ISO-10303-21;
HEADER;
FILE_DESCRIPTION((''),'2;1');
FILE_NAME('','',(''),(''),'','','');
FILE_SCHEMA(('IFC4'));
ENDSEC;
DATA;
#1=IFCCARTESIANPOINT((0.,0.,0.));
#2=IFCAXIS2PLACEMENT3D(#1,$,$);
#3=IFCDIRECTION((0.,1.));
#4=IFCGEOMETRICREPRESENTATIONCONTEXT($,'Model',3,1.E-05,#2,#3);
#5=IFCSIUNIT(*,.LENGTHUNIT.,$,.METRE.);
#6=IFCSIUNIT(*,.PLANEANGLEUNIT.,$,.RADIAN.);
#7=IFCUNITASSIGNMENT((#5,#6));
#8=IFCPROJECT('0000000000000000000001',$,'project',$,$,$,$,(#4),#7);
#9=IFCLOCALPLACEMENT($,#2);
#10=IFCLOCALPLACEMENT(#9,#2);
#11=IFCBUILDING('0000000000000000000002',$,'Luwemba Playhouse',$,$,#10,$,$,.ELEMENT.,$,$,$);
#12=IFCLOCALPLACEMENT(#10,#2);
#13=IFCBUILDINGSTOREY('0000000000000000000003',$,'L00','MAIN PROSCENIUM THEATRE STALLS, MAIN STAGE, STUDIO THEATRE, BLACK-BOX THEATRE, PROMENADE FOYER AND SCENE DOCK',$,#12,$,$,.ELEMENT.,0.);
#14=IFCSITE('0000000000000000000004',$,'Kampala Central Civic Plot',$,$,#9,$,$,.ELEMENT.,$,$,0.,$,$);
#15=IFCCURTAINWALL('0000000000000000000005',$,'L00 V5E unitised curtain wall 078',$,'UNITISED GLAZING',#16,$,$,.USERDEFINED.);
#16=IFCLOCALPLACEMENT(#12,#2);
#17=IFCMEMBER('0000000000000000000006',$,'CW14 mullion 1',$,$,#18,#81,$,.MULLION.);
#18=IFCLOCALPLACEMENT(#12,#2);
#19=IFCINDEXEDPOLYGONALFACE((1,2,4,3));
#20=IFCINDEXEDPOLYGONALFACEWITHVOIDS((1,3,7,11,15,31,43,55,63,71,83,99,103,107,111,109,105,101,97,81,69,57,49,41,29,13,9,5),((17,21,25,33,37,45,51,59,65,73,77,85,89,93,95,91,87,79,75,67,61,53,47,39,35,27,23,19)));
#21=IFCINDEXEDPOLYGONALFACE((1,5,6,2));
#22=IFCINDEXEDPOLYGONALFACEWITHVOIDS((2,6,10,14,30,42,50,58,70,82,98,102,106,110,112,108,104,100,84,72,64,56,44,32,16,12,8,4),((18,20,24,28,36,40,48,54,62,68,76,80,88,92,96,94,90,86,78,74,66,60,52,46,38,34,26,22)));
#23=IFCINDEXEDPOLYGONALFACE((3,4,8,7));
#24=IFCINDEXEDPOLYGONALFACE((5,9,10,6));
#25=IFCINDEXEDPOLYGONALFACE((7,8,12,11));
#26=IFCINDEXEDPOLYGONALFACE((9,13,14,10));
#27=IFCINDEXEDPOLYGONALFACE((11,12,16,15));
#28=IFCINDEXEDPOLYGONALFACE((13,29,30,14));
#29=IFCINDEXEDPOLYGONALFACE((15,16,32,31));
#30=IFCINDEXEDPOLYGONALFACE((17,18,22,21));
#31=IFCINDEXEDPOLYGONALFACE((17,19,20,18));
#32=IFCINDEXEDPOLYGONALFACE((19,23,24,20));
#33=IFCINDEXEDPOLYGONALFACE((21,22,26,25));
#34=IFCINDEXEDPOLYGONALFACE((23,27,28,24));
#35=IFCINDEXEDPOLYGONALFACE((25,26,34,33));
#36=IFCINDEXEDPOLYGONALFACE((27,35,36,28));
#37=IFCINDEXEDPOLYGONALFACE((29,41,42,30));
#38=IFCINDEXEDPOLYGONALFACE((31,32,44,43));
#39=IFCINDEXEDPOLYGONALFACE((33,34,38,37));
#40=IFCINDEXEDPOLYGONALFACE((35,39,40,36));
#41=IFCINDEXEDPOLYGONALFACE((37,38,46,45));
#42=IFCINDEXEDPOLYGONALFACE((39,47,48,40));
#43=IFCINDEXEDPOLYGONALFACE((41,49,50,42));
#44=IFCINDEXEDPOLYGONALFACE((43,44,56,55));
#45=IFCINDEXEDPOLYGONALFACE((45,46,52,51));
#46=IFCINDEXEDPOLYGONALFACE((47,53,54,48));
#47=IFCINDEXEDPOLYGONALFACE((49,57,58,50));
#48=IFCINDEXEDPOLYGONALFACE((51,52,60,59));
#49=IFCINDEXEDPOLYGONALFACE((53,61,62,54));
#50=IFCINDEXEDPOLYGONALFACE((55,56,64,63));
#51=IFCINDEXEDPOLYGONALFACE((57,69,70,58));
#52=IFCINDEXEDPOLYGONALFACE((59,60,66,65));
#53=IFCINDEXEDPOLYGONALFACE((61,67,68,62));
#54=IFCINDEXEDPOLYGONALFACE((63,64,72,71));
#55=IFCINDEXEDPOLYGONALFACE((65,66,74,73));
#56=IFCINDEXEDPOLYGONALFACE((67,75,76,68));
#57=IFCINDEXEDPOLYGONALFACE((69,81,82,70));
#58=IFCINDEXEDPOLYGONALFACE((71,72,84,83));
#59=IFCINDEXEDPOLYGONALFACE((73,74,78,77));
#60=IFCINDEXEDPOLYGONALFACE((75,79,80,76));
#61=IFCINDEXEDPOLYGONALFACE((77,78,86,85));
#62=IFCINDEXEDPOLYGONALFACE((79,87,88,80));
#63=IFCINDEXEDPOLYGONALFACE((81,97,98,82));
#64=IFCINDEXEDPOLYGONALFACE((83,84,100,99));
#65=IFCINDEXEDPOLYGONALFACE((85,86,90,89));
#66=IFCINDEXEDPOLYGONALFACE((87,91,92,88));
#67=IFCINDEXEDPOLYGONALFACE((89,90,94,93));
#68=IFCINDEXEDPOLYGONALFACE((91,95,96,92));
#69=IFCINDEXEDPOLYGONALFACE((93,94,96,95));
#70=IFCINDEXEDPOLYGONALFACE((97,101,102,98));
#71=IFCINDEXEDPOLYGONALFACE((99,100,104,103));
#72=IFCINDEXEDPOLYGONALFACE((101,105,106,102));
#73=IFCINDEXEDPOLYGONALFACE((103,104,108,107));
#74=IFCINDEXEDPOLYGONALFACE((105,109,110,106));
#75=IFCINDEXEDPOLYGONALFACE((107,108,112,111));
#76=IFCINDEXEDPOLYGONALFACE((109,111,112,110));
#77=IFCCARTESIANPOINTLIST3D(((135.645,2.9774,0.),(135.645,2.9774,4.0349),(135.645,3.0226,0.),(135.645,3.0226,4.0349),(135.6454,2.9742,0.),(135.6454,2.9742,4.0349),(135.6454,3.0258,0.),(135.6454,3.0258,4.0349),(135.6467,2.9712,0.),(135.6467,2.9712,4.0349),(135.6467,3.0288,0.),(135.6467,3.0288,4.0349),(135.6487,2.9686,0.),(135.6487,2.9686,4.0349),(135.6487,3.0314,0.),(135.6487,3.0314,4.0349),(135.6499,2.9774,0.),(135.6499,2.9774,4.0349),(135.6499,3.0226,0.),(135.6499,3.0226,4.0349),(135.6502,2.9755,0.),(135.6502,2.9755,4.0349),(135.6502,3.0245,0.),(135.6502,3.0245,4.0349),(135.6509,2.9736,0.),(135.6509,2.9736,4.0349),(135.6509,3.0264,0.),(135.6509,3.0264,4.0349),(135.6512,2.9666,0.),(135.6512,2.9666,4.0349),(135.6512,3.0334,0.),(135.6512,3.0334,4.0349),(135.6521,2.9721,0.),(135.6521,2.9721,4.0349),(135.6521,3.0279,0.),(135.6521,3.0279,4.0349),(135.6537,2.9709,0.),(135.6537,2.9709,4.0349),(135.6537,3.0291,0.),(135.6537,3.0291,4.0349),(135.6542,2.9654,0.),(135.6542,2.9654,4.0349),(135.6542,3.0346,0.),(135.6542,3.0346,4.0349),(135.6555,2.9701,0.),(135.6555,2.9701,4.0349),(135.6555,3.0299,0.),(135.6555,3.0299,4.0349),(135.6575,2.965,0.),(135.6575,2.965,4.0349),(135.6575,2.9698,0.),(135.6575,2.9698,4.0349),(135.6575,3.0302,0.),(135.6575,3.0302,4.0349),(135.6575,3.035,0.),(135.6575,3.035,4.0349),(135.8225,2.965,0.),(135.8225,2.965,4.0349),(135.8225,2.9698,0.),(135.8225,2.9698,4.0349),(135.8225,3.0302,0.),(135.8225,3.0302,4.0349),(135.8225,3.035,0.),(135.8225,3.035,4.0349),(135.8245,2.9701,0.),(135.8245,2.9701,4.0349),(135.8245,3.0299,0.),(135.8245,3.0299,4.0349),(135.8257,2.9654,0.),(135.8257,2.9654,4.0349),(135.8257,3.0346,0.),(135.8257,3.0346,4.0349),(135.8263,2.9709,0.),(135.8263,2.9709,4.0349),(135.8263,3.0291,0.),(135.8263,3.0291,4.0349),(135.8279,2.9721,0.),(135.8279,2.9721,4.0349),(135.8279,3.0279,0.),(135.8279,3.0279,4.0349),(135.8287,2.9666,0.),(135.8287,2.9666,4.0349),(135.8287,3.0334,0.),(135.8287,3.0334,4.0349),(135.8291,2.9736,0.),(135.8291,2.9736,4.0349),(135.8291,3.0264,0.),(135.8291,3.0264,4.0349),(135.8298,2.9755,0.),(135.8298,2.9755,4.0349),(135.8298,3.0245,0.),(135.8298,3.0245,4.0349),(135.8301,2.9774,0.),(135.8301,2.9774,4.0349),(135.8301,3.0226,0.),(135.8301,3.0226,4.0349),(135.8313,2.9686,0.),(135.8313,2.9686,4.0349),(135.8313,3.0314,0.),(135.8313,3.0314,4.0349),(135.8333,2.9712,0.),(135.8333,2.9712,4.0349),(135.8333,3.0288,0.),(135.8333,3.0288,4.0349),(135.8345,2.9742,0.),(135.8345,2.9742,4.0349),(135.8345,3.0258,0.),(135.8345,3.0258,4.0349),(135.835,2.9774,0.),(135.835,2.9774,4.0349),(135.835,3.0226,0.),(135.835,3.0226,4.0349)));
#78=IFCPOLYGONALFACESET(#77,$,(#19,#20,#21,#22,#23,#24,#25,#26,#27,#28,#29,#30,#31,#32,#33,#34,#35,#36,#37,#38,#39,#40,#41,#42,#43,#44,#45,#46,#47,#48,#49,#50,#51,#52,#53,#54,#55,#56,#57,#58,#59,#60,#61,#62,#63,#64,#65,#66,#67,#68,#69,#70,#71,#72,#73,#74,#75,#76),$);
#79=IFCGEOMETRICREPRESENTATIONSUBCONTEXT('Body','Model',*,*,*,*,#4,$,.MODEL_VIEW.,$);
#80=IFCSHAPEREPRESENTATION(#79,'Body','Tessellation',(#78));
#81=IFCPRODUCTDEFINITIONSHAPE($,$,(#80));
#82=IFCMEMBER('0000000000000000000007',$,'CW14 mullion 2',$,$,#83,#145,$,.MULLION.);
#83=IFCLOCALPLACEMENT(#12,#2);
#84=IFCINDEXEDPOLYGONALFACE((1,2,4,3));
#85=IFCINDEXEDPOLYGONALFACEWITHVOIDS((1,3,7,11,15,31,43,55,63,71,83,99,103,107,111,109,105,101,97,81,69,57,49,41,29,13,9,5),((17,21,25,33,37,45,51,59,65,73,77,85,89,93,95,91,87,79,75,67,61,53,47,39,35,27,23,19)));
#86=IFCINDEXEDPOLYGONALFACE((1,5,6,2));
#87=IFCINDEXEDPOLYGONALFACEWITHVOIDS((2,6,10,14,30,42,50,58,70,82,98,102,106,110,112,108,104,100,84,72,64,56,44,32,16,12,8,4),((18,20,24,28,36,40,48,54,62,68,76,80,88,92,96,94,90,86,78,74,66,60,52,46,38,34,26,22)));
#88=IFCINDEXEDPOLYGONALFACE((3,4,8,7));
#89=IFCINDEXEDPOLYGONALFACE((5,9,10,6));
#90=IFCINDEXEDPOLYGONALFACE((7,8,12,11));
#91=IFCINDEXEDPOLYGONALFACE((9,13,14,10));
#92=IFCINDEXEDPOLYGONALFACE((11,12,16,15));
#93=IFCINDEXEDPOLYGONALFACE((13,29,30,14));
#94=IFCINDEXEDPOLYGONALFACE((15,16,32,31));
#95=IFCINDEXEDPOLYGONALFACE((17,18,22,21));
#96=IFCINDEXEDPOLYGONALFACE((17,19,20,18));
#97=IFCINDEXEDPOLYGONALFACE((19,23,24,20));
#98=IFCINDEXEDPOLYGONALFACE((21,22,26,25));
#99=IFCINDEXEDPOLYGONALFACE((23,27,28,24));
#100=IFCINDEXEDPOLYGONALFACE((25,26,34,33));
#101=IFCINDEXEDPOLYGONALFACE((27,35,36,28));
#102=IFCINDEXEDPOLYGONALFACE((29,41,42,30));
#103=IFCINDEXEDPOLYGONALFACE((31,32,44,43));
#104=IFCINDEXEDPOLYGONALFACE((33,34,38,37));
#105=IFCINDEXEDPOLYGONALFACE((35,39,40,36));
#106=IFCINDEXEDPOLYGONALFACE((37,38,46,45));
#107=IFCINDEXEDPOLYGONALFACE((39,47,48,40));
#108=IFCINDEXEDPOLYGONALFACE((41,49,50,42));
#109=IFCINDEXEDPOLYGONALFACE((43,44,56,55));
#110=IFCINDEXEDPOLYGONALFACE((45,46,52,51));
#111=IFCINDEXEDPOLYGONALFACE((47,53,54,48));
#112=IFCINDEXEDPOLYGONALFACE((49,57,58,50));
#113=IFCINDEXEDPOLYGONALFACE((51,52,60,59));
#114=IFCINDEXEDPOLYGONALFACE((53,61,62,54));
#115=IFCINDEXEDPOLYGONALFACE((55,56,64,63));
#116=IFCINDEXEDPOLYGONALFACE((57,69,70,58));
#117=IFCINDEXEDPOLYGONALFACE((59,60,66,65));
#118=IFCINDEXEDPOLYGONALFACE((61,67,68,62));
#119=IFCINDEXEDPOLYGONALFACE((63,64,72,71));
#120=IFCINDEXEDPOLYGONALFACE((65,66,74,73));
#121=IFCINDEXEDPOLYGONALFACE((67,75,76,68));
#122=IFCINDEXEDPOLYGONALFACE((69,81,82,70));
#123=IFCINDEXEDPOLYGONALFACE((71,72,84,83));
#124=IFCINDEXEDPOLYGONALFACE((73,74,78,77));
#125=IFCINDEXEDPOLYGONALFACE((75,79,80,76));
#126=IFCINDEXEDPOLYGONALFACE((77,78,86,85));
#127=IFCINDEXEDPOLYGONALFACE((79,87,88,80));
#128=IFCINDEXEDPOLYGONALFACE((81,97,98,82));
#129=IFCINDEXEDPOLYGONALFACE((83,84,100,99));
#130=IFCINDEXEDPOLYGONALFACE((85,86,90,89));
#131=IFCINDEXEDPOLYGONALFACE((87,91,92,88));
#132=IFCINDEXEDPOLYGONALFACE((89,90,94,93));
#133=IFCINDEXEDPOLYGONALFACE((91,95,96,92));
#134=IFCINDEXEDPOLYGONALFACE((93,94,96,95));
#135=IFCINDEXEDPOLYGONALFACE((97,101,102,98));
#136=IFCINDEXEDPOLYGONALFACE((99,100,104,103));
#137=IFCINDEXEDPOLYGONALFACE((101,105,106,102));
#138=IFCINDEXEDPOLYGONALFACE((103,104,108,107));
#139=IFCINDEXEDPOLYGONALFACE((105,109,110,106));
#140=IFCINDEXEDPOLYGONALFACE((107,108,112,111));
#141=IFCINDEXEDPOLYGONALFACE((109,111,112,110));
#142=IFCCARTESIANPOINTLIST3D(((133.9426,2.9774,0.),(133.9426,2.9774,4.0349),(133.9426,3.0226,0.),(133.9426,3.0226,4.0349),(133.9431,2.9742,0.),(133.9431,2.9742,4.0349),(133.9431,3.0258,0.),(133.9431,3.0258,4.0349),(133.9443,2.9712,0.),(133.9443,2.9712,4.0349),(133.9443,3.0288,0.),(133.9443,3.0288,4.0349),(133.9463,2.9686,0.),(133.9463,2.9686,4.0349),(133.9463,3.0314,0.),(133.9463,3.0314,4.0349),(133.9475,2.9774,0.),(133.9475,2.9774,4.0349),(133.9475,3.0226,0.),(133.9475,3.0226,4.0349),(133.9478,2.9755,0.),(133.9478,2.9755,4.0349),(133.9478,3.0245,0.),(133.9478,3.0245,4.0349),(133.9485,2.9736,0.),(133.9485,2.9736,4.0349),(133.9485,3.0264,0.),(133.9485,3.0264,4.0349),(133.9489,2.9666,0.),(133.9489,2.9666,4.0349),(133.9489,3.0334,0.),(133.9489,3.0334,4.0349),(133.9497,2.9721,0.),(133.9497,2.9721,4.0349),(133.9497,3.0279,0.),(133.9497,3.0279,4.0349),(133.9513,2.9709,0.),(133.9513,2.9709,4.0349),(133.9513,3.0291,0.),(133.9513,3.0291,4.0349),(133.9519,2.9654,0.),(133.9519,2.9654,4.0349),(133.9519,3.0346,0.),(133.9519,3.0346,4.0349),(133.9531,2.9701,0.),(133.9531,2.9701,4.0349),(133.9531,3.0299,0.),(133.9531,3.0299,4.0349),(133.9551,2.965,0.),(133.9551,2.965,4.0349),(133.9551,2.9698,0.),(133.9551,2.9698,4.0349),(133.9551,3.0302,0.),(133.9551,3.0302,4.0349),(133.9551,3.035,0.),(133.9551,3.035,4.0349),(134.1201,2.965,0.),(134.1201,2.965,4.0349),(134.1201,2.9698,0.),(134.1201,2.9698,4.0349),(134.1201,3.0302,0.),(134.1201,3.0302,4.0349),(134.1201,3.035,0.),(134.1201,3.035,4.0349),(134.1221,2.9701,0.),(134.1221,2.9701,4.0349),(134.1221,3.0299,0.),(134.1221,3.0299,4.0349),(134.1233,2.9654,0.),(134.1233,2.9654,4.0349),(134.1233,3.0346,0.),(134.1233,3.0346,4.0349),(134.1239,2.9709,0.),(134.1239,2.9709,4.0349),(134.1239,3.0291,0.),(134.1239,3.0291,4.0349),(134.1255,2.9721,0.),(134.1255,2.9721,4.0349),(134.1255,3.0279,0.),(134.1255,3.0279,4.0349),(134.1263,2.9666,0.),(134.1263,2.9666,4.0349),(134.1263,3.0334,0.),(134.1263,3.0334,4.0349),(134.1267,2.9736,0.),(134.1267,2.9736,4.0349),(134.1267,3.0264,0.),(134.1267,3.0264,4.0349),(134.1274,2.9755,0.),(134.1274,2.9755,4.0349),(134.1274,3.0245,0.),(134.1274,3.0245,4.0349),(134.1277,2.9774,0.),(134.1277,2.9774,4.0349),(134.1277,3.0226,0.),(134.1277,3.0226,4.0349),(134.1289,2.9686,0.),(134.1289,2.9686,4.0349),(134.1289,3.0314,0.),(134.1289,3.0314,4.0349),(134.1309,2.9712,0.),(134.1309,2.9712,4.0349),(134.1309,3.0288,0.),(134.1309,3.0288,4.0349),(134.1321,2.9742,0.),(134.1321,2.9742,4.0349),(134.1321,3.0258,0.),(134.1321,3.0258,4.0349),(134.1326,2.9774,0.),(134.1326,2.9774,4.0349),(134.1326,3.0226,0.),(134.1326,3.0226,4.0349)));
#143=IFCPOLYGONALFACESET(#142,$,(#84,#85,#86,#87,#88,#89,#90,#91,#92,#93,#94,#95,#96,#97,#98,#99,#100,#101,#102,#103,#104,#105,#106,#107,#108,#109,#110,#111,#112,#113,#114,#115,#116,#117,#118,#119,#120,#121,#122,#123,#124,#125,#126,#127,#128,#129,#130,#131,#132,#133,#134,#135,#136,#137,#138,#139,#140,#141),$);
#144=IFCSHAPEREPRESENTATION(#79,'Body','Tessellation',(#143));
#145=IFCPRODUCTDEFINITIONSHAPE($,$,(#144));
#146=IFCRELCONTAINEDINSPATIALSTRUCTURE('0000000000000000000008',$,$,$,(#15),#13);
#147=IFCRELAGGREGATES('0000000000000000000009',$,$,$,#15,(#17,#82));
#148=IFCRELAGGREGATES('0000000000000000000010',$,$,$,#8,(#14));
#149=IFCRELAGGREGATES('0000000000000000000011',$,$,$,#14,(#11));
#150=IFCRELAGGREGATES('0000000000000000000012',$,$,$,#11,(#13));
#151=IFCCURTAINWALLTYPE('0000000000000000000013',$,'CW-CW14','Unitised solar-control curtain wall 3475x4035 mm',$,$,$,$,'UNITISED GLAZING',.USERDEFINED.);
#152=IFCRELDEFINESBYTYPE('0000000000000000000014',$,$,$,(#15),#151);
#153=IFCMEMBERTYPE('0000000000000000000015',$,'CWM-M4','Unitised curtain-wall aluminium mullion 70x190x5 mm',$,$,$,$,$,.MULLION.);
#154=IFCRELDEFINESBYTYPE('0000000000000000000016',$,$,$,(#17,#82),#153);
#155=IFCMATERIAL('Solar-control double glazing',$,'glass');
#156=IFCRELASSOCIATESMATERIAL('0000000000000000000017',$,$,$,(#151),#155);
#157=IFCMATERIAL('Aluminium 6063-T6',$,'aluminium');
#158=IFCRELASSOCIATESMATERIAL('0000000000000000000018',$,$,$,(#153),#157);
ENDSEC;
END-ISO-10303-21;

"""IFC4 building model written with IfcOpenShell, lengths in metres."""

from ifc_helpers import new_model, si_unit, direction, frame, origin, origin_2d, place, context, subcontext, project, spatial, hollow_rectangle, extrude, material, material_profile, profile_set, type_object, element, aggregate, save


model = new_model("IFC4")

# Units and contexts
model_context = context("Model", 3, precision=1e-05, world=origin(), true_north=direction((0.0, 1.0)))
body_context = subcontext(model_context, "Body", "Model", "MODEL_VIEW")
ifc_project = project(units=[si_unit("LENGTHUNIT", "METRE"), si_unit("PLANEANGLEUNIT", "RADIAN")], contexts=[model_context])

# Site, building, storey
site_placement = place(None, origin())
site = spatial("IfcSite", under=ifc_project, at=site_placement, Name="Kampala Central Civic Plot", CompositionType="ELEMENT", RefElevation=0.0)
building_placement = place(site_placement, origin())
building = spatial("IfcBuilding", under=site, at=building_placement, Name="Luwemba Playhouse", CompositionType="ELEMENT")
storey_placement = place(building_placement, origin())
storey = spatial("IfcBuildingStorey", under=building, at=storey_placement, Name="L00", Description="MAIN PROSCENIUM THEATRE STALLS, MAIN STAGE, STUDIO THEATRE, BLACK-BOX THEATRE, PROMENADE FOYER AND SCENE DOCK", CompositionType="ELEMENT", Elevation=0.0)

# Shared definitions
ifc_material_1 = material(Name="Solar-control double glazing", Category="glass")
ifc_material_2 = material(Name="Aluminium 6063-T6", Category="aluminium")

# Curtain wall, members
curtain_wall_type_1 = type_object("IfcCurtainWallType", Name="CW-CW14", Description="Unitised solar-control curtain wall 3475x4035 mm", ElementType="UNITISED GLAZING", PredefinedType="USERDEFINED", material=ifc_material_1)
curtain_wall_1_placement = place(storey_placement, origin())
curtain_wall_1 = element("IfcCurtainWall", 1, at=curtain_wall_1_placement, inside=storey, type_object=curtain_wall_type_1, Name="L00 V5E unitised curtain wall 078", ObjectType="UNITISED GLAZING", PredefinedType="USERDEFINED")
ifc_material_profile_1 = material_profile(ifc_material_2, hollow_rectangle(XDim=0.0701, YDim=0.1899, WallThickness=0.0049, InnerFilletRadius=0.0076, OuterFilletRadius=0.0125, at=origin_2d()))
ifc_profile_set_1 = profile_set([ifc_material_profile_1], Name="Aluminium 6063-T6")
member_type_1 = type_object("IfcMemberType", Name="CWM-M4", Description="Unitised curtain-wall aluminium mullion 70x190x5 mm", PredefinedType="MULLION", material=ifc_profile_set_1)
member_1_placement = place(storey_placement, frame((135.74, 3.0, 0.0), z_axis=(0.0, 0.0, 1.0), x_axis=(0.0, -1.0, 0.0)))
member_1 = element("IfcMember", 2, at=member_1_placement, type_object=member_type_1, Name="CW14 mullion 1", PredefinedType="MULLION", context=body_context, shape_type="SweptSolid", body=[
    extrude(hollow_rectangle(XDim=0.0701, YDim=0.1899, WallThickness=0.0049, InnerFilletRadius=0.0076, OuterFilletRadius=0.0125, at=origin_2d()), origin(), (0.0, 0.0, 1.0), 4.0349),
])
member_2_placement = place(storey_placement, frame((134.0376, 3.0, 0.0), z_axis=(0.0, 0.0, 1.0), x_axis=(0.0, -1.0, 0.0)))
member_2 = element("IfcMember", 3, at=member_2_placement, type_object=member_type_1, Name="CW14 mullion 2", PredefinedType="MULLION", context=body_context, shape_type="SweptSolid", body=[
    extrude(hollow_rectangle(XDim=0.0701, YDim=0.1899, WallThickness=0.0049, InnerFilletRadius=0.0076, OuterFilletRadius=0.0125, at=origin_2d()), origin(), (0.0, 0.0, 1.0), 4.0349),
])

aggregate(curtain_wall_1, [member_1, member_2])

save(model, "model.ifc")
